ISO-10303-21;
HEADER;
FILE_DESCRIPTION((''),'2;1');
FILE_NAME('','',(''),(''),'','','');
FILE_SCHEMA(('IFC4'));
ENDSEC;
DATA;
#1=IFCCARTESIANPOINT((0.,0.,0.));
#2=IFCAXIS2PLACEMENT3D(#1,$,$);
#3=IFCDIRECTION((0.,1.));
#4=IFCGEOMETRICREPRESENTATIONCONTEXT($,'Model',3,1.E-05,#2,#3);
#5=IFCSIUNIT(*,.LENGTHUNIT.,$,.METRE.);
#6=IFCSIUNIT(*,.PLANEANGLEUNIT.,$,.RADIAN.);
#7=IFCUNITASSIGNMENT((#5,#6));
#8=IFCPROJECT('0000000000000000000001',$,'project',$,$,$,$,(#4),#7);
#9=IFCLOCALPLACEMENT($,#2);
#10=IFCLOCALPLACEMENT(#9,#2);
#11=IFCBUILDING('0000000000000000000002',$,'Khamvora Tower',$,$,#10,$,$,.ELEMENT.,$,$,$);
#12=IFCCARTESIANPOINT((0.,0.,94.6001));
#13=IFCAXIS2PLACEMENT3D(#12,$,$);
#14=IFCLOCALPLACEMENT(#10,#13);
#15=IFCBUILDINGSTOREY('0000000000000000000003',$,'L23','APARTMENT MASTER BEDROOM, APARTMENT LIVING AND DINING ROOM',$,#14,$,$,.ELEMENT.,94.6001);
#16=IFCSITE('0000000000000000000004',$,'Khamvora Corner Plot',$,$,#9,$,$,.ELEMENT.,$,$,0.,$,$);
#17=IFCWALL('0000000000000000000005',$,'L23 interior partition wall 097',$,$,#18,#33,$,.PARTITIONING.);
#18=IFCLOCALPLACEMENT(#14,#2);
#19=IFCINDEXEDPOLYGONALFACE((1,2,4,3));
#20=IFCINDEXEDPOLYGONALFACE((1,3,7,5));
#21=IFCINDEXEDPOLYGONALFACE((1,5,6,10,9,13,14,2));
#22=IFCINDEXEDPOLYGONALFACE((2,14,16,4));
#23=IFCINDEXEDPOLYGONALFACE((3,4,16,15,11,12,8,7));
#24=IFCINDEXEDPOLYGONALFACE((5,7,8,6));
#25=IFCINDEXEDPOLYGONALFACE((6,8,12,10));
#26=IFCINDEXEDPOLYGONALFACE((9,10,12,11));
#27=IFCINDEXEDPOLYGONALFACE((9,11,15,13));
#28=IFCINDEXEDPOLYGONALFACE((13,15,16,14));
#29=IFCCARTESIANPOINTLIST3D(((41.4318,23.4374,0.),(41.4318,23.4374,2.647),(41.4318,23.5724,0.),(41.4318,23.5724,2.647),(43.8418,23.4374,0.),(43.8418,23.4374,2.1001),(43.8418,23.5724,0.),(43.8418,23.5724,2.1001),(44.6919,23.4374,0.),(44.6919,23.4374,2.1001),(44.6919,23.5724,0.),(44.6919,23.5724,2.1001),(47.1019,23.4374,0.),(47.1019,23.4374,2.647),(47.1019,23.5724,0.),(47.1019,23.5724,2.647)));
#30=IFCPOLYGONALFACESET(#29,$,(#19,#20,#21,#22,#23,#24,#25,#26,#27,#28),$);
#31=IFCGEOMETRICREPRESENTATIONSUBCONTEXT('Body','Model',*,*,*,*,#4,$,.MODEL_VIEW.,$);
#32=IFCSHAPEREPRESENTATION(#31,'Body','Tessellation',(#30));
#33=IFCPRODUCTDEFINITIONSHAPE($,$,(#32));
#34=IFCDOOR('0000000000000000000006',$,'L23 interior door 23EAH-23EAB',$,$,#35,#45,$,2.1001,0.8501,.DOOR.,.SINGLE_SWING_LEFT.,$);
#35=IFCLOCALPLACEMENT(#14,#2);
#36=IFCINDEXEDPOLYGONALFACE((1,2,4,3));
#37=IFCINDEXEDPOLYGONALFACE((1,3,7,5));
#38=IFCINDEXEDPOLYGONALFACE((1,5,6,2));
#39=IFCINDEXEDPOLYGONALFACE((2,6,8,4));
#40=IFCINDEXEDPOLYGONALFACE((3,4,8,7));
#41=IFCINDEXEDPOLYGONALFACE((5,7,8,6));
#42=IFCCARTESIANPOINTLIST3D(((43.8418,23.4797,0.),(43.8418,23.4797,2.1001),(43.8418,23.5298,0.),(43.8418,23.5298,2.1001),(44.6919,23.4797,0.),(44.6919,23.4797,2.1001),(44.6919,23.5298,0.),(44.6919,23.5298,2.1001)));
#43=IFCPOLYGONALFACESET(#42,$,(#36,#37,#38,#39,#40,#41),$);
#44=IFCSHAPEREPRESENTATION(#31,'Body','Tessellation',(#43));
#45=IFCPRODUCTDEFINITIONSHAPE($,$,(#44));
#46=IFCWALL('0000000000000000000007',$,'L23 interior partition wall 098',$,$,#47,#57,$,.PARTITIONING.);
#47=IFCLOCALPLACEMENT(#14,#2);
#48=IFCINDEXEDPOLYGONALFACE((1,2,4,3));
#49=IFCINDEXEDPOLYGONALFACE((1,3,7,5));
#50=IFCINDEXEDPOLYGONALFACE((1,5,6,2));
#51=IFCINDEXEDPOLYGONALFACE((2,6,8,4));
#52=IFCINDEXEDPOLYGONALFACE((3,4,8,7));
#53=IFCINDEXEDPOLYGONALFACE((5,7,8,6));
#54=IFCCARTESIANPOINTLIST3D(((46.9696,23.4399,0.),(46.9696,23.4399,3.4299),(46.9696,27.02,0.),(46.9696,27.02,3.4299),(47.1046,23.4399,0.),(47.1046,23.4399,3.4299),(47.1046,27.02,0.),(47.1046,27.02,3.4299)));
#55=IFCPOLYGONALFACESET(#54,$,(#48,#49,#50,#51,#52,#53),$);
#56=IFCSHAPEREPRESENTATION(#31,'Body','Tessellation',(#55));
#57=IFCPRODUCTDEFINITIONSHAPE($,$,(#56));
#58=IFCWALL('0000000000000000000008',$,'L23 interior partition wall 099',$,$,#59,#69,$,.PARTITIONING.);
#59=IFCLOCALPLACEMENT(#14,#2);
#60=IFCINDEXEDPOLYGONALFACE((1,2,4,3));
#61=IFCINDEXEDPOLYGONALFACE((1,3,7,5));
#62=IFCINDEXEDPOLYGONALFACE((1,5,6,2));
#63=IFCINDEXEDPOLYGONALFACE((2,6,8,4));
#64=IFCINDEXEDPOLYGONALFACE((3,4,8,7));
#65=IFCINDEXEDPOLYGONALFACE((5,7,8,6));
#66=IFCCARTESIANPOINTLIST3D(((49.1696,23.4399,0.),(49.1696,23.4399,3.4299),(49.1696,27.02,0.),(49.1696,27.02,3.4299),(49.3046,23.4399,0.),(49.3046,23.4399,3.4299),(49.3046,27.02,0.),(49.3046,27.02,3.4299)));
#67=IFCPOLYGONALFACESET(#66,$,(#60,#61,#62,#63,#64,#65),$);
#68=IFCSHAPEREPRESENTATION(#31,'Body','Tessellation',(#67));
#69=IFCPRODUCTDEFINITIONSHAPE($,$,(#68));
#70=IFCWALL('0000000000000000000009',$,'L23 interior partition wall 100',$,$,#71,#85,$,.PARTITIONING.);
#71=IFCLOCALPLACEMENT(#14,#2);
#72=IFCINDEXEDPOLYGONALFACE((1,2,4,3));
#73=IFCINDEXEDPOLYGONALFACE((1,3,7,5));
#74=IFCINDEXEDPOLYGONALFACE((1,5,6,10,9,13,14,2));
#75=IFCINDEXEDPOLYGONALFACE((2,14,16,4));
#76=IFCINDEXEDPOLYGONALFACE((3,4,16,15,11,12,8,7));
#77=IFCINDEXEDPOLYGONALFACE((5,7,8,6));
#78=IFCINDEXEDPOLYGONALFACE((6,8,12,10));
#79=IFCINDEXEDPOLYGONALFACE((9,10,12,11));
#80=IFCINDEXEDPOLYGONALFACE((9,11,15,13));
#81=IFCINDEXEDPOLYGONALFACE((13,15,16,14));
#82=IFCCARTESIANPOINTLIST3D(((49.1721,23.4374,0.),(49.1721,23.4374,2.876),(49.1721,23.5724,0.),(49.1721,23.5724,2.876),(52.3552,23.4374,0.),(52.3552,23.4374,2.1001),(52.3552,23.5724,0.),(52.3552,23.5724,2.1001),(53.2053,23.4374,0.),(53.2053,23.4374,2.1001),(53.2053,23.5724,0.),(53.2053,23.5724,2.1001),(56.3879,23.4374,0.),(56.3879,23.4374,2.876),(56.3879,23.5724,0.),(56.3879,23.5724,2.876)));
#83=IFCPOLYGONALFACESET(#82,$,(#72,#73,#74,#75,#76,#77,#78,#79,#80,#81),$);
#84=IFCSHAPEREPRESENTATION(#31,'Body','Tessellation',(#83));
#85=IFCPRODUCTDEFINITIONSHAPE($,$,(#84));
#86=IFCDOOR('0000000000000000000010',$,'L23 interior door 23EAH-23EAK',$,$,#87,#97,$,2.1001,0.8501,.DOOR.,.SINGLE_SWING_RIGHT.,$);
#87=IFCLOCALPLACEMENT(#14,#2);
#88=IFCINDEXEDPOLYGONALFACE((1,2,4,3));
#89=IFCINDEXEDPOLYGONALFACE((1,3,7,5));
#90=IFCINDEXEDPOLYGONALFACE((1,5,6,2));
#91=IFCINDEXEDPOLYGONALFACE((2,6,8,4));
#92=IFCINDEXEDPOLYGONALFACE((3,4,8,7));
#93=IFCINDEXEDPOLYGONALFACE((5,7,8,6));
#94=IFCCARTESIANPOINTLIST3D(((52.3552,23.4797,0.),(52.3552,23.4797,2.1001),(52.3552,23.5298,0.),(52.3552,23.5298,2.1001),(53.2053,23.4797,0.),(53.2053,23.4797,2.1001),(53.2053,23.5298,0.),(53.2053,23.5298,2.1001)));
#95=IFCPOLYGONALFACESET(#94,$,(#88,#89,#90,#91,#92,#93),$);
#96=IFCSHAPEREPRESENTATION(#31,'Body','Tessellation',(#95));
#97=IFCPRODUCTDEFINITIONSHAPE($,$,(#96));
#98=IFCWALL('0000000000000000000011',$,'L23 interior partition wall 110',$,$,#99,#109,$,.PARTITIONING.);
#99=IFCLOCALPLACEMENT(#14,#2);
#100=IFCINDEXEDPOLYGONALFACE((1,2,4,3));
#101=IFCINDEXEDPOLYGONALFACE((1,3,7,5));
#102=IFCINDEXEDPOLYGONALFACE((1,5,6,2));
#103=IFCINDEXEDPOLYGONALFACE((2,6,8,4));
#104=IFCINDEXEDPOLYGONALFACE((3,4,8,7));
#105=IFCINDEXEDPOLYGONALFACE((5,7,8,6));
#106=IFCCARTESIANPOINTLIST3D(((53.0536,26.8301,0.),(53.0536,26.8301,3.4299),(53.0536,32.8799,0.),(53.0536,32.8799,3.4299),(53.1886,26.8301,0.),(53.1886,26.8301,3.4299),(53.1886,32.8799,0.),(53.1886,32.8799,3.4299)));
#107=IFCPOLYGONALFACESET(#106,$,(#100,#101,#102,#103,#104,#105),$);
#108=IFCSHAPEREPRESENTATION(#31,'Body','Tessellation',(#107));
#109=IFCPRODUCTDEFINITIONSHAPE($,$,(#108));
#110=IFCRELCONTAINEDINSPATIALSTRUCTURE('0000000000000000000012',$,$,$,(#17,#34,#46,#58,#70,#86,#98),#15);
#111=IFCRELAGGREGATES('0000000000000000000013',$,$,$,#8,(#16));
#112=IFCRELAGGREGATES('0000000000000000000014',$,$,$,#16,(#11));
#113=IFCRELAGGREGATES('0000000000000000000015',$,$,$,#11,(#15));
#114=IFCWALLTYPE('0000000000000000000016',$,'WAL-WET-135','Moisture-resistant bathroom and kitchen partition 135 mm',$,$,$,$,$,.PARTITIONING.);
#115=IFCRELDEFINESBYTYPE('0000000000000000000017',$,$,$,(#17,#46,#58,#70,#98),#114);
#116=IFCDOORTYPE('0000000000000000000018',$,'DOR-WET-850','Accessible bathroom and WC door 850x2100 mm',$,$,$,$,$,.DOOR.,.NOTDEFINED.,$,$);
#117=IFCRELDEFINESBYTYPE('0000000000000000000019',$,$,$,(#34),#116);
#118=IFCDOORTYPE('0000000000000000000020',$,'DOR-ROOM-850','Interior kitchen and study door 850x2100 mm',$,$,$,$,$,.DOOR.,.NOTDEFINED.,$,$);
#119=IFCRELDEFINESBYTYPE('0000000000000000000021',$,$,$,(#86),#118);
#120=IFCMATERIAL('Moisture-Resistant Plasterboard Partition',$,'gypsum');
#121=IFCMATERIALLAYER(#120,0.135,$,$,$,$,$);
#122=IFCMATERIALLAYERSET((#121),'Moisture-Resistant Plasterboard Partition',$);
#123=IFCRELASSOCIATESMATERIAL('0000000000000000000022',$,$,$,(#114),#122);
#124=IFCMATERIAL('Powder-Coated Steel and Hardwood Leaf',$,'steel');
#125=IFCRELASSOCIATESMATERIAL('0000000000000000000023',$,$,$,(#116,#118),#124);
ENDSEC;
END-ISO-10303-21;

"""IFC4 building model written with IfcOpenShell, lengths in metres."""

from ifc_helpers import new_model, si_unit, direction, frame, frame_2d, origin, place, context, subcontext, project, spatial, rectangle, extrude, material, layer, layer_set, type_object, element, fill, save


model = new_model("IFC4")

# Units and contexts
model_context = context("Model", 3, precision=1e-05, world=origin(), true_north=direction((0.0, 1.0)))
body_context = subcontext(model_context, "Body", "Model", "MODEL_VIEW")
ifc_project = project(units=[si_unit("LENGTHUNIT", "METRE"), si_unit("PLANEANGLEUNIT", "RADIAN")], contexts=[model_context])

# Site, building, storey
site_placement = place(None, origin())
site = spatial("IfcSite", under=ifc_project, at=site_placement, Name="Khamvora Corner Plot", CompositionType="ELEMENT", RefElevation=0.0)
building_placement = place(site_placement, origin())
building = spatial("IfcBuilding", under=site, at=building_placement, Name="Khamvora Tower", CompositionType="ELEMENT")
storey_placement = place(building_placement, frame((0.0, 0.0, 94.6001)))
storey = spatial("IfcBuildingStorey", under=building, at=storey_placement, Name="L23", Description="APARTMENT MASTER BEDROOM, APARTMENT LIVING AND DINING ROOM", CompositionType="ELEMENT", Elevation=94.6001)

# Shared definitions
ifc_material_1 = material(Name="Powder-Coated Steel and Hardwood Leaf", Category="steel")

# Wall, opening, door
ifc_material_2 = material(Name="Moisture-Resistant Plasterboard Partition", Category="gypsum")
ifc_layer_1 = layer(ifc_material_2, 0.135)
ifc_layer_set_1 = layer_set([ifc_layer_1], Name="Moisture-Resistant Plasterboard Partition")
wall_type_1 = type_object("IfcWallType", Name="WAL-WET-135", Description="Moisture-resistant bathroom and kitchen partition 135 mm", PredefinedType="PARTITIONING", material=ifc_layer_set_1)
wall_1_placement = place(storey_placement, frame((41.4319, 23.5049, 0.0), z_axis=(0.0, 0.0, 1.0), x_axis=(1.0, 0.0, 0.0)))
wall_1 = element("IfcWall", 1, at=wall_1_placement, inside=storey, type_object=wall_type_1, Name="L23 interior partition wall 097", PredefinedType="PARTITIONING", context=body_context, shape_type="SweptSolid", body=[
    extrude(rectangle(XDim=5.6702, YDim=0.135, at=frame_2d((2.835, 0.0))), origin(), (0.0, 0.0, 1.0), 2.647),
])
opening_1_placement = place(wall_1_placement, frame((2.4099, 0.0, 0.0)))
opening_1 = element("IfcOpeningElement", 2, at=opening_1_placement, cuts=wall_1, PredefinedType="OPENING", context=body_context, shape_type="SweptSolid", body=[
    extrude(rectangle(XDim=0.8501, YDim=2.1001, at=frame_2d((0.425, 1.05))), frame((0.0, 0.0774, 0.0), z_axis=(0.0, -1.0, 0.0), x_axis=(1.0, 0.0, 0.0)), (0.0, 0.0, 1.0), 0.155),
])
door_type_1 = type_object("IfcDoorType", Name="DOR-WET-850", Description="Accessible bathroom and WC door 850x2100 mm", OperationType="NOTDEFINED", PredefinedType="DOOR", material=ifc_material_1)
door_1_placement = place(opening_1_placement, origin())
door_1 = element("IfcDoor", 3, at=door_1_placement, inside=storey, type_object=door_type_1, Name="L23 interior door 23EAH-23EAB", OperationType="SINGLE_SWING_LEFT", OverallHeight=2.1001, OverallWidth=0.8501, PredefinedType="DOOR", context=body_context, shape_type="SweptSolid", body=[
    extrude(rectangle(XDim=0.8501, YDim=2.1001, at=frame_2d((0.425, 1.05))), frame((0.0, 0.0249, 0.0), z_axis=(0.0, -1.0, 0.0), x_axis=(1.0, 0.0, 0.0)), (0.0, 0.0, 1.0), 0.05),
])
fill(opening_1, door_1)

# Walls
for number, where, z_axis, x_axis, name in (
    (4, (47.0371, 23.4399, 0.0), (0.0, 0.0, 1.0), (0.0, 1.0, 0.0), "L23 interior partition wall 098"),
    (5, (49.2371, 27.02, 0.0), (0.0, 0.0, 1.0), (0.0, -1.0, 0.0), "L23 interior partition wall 099"),
):
    element("IfcWall", number, at=place(storey_placement, frame(where, z_axis=z_axis, x_axis=x_axis)), inside=storey, type_object=wall_type_1, Name=name, PredefinedType="PARTITIONING", context=body_context, shape_type="SweptSolid", body=[
        extrude(rectangle(XDim=3.5801, YDim=0.135, at=frame_2d((1.79, 0.0))), origin(), (0.0, 0.0, 1.0), 3.4299),
    ])

# Wall, opening, door
wall_2_placement = place(storey_placement, frame((49.1721, 23.5049, 0.0), z_axis=(0.0, 0.0, 1.0), x_axis=(1.0, 0.0, 0.0)))
wall_2 = element("IfcWall", 6, at=wall_2_placement, inside=storey, type_object=wall_type_1, Name="L23 interior partition wall 100", PredefinedType="PARTITIONING", context=body_context, shape_type="SweptSolid", body=[
    extrude(rectangle(XDim=7.2158, YDim=0.135, at=frame_2d((3.6079, 0.0))), origin(), (0.0, 0.0, 1.0), 2.876),
])
opening_2_placement = place(wall_2_placement, frame((3.1831, 0.0, 0.0)))
opening_2 = element("IfcOpeningElement", 7, at=opening_2_placement, cuts=wall_2, PredefinedType="OPENING", context=body_context, shape_type="SweptSolid", body=[
    extrude(rectangle(XDim=0.8501, YDim=2.1001, at=frame_2d((0.425, 1.05))), frame((0.0, 0.0774, 0.0), z_axis=(0.0, -1.0, 0.0), x_axis=(1.0, 0.0, 0.0)), (0.0, 0.0, 1.0), 0.155),
])
door_type_2 = type_object("IfcDoorType", Name="DOR-ROOM-850", Description="Interior kitchen and study door 850x2100 mm", OperationType="NOTDEFINED", PredefinedType="DOOR", material=ifc_material_1)
door_2_placement = place(opening_2_placement, origin())
door_2 = element("IfcDoor", 8, at=door_2_placement, inside=storey, type_object=door_type_2, Name="L23 interior door 23EAH-23EAK", OperationType="SINGLE_SWING_RIGHT", OverallHeight=2.1001, OverallWidth=0.8501, PredefinedType="DOOR", context=body_context, shape_type="SweptSolid", body=[
    extrude(rectangle(XDim=0.8501, YDim=2.1001, at=frame_2d((0.425, 1.05))), frame((0.0, 0.0249, 0.0), z_axis=(0.0, -1.0, 0.0), x_axis=(1.0, 0.0, 0.0)), (0.0, 0.0, 1.0), 0.05),
])
fill(opening_2, door_2)

# Wall
wall_3_placement = place(storey_placement, frame((53.1211, 26.8301, 0.0), z_axis=(0.0, 0.0, 1.0), x_axis=(0.0, 1.0, 0.0)))
element("IfcWall", 9, at=wall_3_placement, inside=storey, type_object=wall_type_1, Name="L23 interior partition wall 110", PredefinedType="PARTITIONING", context=body_context, shape_type="SweptSolid", body=[
    extrude(rectangle(XDim=6.0498, YDim=0.135, at=frame_2d((3.0249, 0.0))), origin(), (0.0, 0.0, 1.0), 3.4299),
])

save(model, "model.ifc")
